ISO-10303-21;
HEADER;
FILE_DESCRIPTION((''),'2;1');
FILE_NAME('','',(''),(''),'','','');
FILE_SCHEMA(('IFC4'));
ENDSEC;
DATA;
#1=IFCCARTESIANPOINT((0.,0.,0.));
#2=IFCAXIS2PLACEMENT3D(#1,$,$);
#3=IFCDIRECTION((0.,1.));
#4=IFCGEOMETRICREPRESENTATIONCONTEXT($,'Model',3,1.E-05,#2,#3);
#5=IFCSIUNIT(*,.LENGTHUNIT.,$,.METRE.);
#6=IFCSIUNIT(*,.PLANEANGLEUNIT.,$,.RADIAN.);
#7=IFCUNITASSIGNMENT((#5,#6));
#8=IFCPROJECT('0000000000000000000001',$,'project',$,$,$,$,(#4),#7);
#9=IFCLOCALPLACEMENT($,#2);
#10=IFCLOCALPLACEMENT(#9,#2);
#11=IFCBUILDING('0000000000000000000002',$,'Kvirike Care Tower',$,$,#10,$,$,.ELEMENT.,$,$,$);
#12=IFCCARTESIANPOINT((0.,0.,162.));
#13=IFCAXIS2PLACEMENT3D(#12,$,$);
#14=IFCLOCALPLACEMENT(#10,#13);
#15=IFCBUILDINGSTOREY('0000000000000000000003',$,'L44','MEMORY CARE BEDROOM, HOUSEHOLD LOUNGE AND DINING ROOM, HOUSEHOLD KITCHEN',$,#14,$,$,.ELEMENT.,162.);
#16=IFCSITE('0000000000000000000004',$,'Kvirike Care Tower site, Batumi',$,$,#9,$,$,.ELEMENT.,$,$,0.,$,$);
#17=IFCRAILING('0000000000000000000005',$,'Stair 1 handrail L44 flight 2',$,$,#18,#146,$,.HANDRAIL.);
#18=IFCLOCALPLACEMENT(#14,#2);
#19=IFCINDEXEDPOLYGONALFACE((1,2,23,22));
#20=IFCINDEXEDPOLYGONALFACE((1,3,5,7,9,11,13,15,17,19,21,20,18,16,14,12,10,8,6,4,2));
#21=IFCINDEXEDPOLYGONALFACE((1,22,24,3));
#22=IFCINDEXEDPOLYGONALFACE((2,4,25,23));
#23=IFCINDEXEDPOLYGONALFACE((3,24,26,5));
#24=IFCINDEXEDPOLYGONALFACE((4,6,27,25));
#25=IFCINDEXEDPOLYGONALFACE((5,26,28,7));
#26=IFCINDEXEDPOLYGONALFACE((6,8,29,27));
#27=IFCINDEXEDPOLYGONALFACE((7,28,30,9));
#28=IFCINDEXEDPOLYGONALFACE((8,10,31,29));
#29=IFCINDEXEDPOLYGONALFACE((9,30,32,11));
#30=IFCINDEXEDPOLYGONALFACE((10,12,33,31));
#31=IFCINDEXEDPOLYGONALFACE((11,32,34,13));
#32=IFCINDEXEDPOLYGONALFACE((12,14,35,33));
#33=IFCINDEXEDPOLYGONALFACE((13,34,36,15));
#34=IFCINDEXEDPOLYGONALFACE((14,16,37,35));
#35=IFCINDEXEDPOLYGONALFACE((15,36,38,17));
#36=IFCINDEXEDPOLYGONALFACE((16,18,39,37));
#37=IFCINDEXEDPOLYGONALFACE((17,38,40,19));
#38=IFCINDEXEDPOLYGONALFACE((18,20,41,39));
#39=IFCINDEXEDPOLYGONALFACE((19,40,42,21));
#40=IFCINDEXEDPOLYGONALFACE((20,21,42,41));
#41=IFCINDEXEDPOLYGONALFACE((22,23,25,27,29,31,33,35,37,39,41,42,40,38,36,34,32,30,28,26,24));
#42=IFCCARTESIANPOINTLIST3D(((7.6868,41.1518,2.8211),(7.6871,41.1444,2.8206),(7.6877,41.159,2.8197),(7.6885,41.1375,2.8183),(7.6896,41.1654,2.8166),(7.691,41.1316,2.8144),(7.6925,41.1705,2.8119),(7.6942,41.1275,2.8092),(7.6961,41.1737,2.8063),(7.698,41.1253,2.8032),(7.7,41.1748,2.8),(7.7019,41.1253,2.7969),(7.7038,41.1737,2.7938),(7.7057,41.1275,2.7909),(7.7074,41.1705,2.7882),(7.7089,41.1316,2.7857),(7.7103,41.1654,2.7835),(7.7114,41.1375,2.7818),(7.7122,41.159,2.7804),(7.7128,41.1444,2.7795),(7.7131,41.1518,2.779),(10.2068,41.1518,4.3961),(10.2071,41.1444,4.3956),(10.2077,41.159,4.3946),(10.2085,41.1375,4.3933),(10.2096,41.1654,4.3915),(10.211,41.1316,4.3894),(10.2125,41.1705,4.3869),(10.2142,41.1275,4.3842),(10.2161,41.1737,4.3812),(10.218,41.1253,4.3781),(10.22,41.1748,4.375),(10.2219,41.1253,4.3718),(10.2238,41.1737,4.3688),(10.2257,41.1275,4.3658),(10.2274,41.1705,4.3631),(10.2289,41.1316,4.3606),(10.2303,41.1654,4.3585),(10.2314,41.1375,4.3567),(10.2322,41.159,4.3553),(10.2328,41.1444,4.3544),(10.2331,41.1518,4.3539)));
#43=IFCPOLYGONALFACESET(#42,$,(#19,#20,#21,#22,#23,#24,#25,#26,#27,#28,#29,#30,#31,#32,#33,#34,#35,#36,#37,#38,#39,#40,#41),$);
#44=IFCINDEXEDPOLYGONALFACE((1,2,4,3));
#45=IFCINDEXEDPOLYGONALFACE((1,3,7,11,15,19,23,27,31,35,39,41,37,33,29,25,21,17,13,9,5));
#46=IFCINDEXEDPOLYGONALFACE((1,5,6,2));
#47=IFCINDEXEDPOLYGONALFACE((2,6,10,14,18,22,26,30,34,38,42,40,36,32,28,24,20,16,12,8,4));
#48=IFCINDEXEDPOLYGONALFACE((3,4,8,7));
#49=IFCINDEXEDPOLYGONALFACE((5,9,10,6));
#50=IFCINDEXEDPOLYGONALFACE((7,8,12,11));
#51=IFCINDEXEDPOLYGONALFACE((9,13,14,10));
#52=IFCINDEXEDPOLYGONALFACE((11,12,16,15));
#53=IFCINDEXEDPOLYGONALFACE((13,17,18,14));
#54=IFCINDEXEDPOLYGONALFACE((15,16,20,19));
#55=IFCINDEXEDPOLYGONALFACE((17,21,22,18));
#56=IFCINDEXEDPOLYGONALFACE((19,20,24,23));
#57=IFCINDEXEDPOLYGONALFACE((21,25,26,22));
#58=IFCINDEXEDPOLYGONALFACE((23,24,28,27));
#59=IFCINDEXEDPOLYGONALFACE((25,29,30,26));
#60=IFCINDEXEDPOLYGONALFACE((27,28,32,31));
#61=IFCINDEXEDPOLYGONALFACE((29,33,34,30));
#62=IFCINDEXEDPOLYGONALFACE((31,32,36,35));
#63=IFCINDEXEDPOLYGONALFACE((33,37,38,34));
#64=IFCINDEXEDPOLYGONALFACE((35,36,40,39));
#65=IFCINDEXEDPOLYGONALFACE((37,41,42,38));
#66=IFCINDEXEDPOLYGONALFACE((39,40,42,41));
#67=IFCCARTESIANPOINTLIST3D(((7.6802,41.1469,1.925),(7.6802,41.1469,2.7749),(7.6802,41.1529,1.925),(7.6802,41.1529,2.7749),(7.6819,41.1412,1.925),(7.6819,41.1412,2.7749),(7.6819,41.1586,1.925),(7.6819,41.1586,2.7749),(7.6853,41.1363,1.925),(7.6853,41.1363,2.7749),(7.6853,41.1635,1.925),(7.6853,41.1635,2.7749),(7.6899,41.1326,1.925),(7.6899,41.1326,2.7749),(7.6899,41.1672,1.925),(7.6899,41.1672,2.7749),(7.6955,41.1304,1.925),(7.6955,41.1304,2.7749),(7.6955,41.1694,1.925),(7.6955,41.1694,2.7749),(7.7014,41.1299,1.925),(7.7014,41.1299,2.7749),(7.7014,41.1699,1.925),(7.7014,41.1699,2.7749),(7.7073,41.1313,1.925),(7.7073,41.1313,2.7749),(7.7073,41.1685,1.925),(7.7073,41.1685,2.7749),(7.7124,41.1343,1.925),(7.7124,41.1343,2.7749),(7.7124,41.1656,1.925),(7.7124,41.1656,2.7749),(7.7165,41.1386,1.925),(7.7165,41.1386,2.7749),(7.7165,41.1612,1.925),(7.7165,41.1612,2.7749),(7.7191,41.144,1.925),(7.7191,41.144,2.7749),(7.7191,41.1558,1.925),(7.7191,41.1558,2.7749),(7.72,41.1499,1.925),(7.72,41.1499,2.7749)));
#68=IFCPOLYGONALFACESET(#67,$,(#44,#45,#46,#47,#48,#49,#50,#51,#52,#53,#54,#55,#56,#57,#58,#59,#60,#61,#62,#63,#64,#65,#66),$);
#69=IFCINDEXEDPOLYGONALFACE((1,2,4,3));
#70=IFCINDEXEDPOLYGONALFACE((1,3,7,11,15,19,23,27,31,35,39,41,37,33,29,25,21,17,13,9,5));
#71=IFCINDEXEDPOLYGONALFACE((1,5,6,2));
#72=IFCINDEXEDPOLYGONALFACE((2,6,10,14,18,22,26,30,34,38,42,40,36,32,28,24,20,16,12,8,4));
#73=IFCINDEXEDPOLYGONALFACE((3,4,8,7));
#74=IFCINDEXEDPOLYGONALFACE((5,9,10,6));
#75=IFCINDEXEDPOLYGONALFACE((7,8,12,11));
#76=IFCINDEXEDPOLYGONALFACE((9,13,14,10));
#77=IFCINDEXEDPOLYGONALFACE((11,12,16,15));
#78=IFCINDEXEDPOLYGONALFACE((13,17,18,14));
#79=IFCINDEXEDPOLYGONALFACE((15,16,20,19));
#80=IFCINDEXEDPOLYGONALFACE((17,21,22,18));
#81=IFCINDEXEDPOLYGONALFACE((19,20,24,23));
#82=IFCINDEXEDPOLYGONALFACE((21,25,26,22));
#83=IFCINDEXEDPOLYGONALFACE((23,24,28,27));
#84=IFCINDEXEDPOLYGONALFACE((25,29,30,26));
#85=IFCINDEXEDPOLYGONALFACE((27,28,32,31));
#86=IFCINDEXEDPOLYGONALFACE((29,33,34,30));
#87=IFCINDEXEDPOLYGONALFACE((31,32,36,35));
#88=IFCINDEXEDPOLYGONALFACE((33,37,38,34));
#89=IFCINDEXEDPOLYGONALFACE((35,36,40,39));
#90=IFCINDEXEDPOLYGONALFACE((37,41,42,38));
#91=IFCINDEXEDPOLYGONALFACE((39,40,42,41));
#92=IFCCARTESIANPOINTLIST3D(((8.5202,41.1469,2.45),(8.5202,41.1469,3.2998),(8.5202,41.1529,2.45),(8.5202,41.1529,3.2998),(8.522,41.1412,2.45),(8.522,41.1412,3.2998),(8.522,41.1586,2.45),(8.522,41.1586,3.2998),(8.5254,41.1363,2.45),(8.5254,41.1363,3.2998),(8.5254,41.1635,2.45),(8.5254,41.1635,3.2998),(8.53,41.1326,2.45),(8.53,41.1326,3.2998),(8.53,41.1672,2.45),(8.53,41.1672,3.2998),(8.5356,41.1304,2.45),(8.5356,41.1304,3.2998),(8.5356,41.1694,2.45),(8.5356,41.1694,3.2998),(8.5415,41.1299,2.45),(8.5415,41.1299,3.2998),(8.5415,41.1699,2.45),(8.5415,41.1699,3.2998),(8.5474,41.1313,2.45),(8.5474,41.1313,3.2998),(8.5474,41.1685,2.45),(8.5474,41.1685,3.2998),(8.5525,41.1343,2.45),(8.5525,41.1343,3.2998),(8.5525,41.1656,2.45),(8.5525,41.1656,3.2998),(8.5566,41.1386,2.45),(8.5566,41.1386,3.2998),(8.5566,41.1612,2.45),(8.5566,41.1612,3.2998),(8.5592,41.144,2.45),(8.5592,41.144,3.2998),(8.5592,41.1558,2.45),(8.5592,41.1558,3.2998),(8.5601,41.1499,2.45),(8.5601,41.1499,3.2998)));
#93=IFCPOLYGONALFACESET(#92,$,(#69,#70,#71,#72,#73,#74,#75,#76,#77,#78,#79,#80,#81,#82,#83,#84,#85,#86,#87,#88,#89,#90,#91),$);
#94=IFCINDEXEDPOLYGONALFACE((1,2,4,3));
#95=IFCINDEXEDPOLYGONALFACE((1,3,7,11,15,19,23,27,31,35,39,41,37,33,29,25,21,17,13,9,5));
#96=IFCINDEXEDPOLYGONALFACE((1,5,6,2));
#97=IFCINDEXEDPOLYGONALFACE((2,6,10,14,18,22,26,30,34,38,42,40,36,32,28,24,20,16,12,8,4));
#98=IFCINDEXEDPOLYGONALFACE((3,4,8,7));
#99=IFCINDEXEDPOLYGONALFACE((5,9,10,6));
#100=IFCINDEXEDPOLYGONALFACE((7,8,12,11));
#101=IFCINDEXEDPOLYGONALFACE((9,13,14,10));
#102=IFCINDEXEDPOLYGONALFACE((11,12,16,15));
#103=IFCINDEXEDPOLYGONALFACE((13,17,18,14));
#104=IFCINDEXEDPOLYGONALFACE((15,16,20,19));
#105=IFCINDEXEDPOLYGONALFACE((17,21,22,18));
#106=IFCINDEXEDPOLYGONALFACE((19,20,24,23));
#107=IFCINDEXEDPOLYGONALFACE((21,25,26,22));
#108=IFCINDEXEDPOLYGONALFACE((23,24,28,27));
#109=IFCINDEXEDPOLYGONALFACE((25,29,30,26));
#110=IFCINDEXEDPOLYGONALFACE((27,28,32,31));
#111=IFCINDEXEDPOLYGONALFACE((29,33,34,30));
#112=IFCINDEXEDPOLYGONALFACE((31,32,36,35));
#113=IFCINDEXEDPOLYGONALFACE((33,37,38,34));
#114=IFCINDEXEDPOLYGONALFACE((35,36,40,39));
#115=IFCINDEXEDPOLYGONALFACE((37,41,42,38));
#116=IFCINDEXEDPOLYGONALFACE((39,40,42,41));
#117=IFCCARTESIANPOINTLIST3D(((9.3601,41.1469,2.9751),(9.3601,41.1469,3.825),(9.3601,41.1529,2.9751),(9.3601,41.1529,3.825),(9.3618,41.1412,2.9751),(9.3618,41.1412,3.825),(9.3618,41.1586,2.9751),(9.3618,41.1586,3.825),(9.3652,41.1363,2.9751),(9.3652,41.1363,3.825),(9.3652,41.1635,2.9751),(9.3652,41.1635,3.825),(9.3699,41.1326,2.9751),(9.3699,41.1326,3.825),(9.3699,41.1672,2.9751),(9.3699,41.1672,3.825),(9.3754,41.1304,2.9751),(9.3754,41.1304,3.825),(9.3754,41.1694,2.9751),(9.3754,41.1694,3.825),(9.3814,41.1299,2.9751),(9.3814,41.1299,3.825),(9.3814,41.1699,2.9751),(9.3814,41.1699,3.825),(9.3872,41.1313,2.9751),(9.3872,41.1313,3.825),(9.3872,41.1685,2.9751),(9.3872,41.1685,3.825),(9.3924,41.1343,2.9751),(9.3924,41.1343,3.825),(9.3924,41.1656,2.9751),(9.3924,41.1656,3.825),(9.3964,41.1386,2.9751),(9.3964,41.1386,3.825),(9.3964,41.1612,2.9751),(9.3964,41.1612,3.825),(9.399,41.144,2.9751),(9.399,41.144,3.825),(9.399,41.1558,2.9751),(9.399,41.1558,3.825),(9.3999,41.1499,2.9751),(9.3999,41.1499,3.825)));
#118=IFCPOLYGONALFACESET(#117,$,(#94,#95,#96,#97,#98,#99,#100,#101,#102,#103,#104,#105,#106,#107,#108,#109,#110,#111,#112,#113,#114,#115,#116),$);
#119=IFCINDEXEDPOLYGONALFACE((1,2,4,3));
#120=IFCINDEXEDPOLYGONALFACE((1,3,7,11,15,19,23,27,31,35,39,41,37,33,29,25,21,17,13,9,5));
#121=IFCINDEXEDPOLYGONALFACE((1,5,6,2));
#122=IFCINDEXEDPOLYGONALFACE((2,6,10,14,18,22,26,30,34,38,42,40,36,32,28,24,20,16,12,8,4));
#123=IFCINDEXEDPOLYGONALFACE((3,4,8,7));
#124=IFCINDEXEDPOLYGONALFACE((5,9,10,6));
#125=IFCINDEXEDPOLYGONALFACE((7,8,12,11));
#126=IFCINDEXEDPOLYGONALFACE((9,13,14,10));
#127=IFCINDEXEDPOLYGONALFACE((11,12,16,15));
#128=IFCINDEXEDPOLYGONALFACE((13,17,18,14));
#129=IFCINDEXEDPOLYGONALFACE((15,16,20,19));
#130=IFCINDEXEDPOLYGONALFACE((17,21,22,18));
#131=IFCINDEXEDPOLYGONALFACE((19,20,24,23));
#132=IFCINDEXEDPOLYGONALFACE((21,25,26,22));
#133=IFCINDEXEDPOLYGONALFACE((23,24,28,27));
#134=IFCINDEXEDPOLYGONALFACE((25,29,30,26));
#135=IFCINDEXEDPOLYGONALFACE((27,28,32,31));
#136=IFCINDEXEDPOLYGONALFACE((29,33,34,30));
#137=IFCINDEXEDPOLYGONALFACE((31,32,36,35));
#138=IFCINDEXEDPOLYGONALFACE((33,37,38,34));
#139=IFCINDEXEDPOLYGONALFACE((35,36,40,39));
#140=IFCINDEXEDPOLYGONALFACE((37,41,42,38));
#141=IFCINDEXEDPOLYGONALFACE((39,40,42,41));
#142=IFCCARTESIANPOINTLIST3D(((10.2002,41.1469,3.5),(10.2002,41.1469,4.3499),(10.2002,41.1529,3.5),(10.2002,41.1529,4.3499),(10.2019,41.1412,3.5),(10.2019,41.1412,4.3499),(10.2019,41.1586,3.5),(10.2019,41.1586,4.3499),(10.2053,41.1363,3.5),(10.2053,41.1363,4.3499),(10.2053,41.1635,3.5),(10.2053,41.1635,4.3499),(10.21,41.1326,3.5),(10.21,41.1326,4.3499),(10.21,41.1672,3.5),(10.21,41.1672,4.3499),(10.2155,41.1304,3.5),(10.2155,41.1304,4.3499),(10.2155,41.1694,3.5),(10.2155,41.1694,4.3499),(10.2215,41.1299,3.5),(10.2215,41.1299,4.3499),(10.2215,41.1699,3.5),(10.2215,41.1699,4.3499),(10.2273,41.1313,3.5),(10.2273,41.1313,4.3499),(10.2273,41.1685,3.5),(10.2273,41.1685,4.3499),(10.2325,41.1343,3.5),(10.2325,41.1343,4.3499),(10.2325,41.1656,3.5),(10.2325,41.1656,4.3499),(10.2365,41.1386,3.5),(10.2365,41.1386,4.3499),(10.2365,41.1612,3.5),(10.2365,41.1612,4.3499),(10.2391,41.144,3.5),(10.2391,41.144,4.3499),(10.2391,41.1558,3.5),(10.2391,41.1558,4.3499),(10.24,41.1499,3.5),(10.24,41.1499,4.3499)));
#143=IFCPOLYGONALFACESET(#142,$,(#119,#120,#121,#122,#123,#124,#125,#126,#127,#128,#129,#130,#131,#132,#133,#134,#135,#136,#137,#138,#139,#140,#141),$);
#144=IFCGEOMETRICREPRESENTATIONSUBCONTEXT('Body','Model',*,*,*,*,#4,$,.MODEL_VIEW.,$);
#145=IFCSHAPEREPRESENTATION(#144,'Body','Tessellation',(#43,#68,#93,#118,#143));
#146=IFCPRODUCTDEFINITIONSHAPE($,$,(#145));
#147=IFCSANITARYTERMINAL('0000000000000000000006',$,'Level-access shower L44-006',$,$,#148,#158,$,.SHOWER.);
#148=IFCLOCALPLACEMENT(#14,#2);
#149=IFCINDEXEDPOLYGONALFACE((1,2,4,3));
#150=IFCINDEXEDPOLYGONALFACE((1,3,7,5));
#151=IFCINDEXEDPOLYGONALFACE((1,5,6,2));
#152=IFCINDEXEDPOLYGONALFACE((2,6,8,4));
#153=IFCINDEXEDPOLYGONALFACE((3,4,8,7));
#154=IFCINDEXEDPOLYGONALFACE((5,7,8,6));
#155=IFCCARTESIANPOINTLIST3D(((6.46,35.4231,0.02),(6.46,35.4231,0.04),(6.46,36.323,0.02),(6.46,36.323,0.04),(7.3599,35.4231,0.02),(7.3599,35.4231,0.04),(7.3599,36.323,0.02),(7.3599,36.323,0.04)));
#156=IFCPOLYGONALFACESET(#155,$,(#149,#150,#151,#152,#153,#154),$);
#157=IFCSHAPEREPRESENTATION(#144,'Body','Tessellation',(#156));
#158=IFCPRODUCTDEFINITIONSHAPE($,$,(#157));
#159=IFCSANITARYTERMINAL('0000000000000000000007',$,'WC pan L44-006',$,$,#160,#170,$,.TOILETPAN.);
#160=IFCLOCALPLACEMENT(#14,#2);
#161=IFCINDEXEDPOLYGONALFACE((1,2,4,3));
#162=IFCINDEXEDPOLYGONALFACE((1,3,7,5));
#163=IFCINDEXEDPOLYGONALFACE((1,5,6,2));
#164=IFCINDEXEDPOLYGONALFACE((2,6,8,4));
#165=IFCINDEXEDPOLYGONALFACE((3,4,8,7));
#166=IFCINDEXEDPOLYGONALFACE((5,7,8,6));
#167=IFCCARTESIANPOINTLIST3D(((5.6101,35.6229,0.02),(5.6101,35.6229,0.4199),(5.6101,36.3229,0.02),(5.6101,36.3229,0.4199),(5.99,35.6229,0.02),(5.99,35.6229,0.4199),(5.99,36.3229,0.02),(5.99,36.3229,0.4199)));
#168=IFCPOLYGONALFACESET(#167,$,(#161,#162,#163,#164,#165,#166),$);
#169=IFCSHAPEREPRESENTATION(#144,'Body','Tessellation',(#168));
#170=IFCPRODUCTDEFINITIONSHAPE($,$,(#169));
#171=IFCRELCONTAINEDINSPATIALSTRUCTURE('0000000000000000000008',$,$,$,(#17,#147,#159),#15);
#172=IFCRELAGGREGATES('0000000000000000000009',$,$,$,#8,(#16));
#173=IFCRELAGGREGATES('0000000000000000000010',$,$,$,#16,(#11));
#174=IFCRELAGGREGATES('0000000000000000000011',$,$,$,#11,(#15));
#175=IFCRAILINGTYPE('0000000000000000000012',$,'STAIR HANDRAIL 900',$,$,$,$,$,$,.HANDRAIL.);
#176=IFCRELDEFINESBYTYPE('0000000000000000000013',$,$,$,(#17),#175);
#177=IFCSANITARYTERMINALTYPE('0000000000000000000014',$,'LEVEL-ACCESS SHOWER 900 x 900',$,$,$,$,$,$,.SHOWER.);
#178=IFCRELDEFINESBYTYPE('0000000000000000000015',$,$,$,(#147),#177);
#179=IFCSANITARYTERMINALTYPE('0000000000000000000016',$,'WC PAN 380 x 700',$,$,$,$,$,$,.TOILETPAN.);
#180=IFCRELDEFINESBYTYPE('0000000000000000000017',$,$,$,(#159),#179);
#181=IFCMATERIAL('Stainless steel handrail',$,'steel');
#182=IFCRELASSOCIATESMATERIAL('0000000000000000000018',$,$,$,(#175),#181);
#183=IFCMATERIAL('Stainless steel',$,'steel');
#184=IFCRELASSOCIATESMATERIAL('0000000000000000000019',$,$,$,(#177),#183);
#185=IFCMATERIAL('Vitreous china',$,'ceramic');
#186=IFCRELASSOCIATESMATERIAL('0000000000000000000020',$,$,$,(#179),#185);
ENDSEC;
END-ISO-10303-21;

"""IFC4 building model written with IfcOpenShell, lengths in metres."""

from ifc_helpers import new_model, si_unit, direction, frame, origin, origin_2d, place, context, subcontext, project, spatial, rectangle, circle, extrude, material, type_object, element, save


model = new_model("IFC4")

# Units and contexts
model_context = context("Model", 3, precision=1e-05, world=origin(), true_north=direction((0.0, 1.0)))
body_context = subcontext(model_context, "Body", "Model", "MODEL_VIEW")
ifc_project = project(units=[si_unit("LENGTHUNIT", "METRE"), si_unit("PLANEANGLEUNIT", "RADIAN")], contexts=[model_context])

# Site, building, storey
site_placement = place(None, origin())
site = spatial("IfcSite", under=ifc_project, at=site_placement, Name="Kvirike Care Tower site, Batumi", CompositionType="ELEMENT", RefElevation=0.0)
building_placement = place(site_placement, origin())
building = spatial("IfcBuilding", under=site, at=building_placement, Name="Kvirike Care Tower", CompositionType="ELEMENT")
storey_placement = place(building_placement, frame((0.0, 0.0, 162.0)))
storey = spatial("IfcBuildingStorey", under=building, at=storey_placement, Name="L44", Description="MEMORY CARE BEDROOM, HOUSEHOLD LOUNGE AND DINING ROOM, HOUSEHOLD KITCHEN", CompositionType="ELEMENT", Elevation=162.0)

# Railing
ifc_material_1 = material(Name="Stainless steel handrail", Category="steel")
railing_type = type_object("IfcRailingType", Name="STAIR HANDRAIL 900", PredefinedType="HANDRAIL", material=ifc_material_1)
railing_placement = place(storey_placement, frame((7.7, 41.1499, 1.925)))
element("IfcRailing", 1, at=railing_placement, inside=storey, type_object=railing_type, Name="Stair 1 handrail L44 flight 2", PredefinedType="HANDRAIL", context=body_context, shape_type="SweptSolid", body=[
    extrude(circle(Radius=0.0249, at=origin_2d()), frame((0.0, 0.0, 0.875), z_axis=(0.848008, 0.0, 0.529984), x_axis=(0.0, 1.0, 0.0)), (0.0, 0.0, 1.0), 2.9717),
    extrude(circle(Radius=0.02, at=origin_2d()), origin(), (0.0, 0.0, 1.0), 0.8499),
    extrude(circle(Radius=0.02, at=origin_2d()), frame((0.8401, 0.0, 0.5249)), (0.0, 0.0, 1.0), 0.8499),
    extrude(circle(Radius=0.02, at=origin_2d()), frame((1.6799, 0.0, 1.05)), (0.0, 0.0, 1.0), 0.8499),
    extrude(circle(Radius=0.02, at=origin_2d()), frame((2.52, 0.0, 1.575)), (0.0, 0.0, 1.0), 0.8499),
])

# Sanitary terminals
ifc_material_2 = material(Name="Stainless steel", Category="steel")
sanitary_terminal_type_1 = type_object("IfcSanitaryTerminalType", Name="LEVEL-ACCESS SHOWER 900 x 900", PredefinedType="SHOWER", material=ifc_material_2)
sanitary_terminal_1_placement = place(storey_placement, frame((6.9099, 35.873, 0.02), z_axis=(0.0, 0.0, 1.0), x_axis=(1.0, 0.0, 0.0)))
element("IfcSanitaryTerminal", 2, at=sanitary_terminal_1_placement, inside=storey, type_object=sanitary_terminal_type_1, Name="Level-access shower L44-006", PredefinedType="SHOWER", context=body_context, shape_type="SweptSolid", body=[
    extrude(rectangle(XDim=0.8999, YDim=0.8999, at=origin_2d()), origin(), (0.0, 0.0, 1.0), 0.02),
])
ifc_material_3 = material(Name="Vitreous china", Category="ceramic")
sanitary_terminal_type_2 = type_object("IfcSanitaryTerminalType", Name="WC PAN 380 x 700", PredefinedType="TOILETPAN", material=ifc_material_3)
sanitary_terminal_2_placement = place(storey_placement, frame((5.8, 35.9729, 0.02), z_axis=(0.0, 0.0, 1.0), x_axis=(1.0, 0.0, 0.0)))
element("IfcSanitaryTerminal", 3, at=sanitary_terminal_2_placement, inside=storey, type_object=sanitary_terminal_type_2, Name="WC pan L44-006", PredefinedType="TOILETPAN", context=body_context, shape_type="SweptSolid", body=[
    extrude(rectangle(XDim=0.3799, YDim=0.7, at=origin_2d()), origin(), (0.0, 0.0, 1.0), 0.3999),
])

save(model, "model.ifc")
